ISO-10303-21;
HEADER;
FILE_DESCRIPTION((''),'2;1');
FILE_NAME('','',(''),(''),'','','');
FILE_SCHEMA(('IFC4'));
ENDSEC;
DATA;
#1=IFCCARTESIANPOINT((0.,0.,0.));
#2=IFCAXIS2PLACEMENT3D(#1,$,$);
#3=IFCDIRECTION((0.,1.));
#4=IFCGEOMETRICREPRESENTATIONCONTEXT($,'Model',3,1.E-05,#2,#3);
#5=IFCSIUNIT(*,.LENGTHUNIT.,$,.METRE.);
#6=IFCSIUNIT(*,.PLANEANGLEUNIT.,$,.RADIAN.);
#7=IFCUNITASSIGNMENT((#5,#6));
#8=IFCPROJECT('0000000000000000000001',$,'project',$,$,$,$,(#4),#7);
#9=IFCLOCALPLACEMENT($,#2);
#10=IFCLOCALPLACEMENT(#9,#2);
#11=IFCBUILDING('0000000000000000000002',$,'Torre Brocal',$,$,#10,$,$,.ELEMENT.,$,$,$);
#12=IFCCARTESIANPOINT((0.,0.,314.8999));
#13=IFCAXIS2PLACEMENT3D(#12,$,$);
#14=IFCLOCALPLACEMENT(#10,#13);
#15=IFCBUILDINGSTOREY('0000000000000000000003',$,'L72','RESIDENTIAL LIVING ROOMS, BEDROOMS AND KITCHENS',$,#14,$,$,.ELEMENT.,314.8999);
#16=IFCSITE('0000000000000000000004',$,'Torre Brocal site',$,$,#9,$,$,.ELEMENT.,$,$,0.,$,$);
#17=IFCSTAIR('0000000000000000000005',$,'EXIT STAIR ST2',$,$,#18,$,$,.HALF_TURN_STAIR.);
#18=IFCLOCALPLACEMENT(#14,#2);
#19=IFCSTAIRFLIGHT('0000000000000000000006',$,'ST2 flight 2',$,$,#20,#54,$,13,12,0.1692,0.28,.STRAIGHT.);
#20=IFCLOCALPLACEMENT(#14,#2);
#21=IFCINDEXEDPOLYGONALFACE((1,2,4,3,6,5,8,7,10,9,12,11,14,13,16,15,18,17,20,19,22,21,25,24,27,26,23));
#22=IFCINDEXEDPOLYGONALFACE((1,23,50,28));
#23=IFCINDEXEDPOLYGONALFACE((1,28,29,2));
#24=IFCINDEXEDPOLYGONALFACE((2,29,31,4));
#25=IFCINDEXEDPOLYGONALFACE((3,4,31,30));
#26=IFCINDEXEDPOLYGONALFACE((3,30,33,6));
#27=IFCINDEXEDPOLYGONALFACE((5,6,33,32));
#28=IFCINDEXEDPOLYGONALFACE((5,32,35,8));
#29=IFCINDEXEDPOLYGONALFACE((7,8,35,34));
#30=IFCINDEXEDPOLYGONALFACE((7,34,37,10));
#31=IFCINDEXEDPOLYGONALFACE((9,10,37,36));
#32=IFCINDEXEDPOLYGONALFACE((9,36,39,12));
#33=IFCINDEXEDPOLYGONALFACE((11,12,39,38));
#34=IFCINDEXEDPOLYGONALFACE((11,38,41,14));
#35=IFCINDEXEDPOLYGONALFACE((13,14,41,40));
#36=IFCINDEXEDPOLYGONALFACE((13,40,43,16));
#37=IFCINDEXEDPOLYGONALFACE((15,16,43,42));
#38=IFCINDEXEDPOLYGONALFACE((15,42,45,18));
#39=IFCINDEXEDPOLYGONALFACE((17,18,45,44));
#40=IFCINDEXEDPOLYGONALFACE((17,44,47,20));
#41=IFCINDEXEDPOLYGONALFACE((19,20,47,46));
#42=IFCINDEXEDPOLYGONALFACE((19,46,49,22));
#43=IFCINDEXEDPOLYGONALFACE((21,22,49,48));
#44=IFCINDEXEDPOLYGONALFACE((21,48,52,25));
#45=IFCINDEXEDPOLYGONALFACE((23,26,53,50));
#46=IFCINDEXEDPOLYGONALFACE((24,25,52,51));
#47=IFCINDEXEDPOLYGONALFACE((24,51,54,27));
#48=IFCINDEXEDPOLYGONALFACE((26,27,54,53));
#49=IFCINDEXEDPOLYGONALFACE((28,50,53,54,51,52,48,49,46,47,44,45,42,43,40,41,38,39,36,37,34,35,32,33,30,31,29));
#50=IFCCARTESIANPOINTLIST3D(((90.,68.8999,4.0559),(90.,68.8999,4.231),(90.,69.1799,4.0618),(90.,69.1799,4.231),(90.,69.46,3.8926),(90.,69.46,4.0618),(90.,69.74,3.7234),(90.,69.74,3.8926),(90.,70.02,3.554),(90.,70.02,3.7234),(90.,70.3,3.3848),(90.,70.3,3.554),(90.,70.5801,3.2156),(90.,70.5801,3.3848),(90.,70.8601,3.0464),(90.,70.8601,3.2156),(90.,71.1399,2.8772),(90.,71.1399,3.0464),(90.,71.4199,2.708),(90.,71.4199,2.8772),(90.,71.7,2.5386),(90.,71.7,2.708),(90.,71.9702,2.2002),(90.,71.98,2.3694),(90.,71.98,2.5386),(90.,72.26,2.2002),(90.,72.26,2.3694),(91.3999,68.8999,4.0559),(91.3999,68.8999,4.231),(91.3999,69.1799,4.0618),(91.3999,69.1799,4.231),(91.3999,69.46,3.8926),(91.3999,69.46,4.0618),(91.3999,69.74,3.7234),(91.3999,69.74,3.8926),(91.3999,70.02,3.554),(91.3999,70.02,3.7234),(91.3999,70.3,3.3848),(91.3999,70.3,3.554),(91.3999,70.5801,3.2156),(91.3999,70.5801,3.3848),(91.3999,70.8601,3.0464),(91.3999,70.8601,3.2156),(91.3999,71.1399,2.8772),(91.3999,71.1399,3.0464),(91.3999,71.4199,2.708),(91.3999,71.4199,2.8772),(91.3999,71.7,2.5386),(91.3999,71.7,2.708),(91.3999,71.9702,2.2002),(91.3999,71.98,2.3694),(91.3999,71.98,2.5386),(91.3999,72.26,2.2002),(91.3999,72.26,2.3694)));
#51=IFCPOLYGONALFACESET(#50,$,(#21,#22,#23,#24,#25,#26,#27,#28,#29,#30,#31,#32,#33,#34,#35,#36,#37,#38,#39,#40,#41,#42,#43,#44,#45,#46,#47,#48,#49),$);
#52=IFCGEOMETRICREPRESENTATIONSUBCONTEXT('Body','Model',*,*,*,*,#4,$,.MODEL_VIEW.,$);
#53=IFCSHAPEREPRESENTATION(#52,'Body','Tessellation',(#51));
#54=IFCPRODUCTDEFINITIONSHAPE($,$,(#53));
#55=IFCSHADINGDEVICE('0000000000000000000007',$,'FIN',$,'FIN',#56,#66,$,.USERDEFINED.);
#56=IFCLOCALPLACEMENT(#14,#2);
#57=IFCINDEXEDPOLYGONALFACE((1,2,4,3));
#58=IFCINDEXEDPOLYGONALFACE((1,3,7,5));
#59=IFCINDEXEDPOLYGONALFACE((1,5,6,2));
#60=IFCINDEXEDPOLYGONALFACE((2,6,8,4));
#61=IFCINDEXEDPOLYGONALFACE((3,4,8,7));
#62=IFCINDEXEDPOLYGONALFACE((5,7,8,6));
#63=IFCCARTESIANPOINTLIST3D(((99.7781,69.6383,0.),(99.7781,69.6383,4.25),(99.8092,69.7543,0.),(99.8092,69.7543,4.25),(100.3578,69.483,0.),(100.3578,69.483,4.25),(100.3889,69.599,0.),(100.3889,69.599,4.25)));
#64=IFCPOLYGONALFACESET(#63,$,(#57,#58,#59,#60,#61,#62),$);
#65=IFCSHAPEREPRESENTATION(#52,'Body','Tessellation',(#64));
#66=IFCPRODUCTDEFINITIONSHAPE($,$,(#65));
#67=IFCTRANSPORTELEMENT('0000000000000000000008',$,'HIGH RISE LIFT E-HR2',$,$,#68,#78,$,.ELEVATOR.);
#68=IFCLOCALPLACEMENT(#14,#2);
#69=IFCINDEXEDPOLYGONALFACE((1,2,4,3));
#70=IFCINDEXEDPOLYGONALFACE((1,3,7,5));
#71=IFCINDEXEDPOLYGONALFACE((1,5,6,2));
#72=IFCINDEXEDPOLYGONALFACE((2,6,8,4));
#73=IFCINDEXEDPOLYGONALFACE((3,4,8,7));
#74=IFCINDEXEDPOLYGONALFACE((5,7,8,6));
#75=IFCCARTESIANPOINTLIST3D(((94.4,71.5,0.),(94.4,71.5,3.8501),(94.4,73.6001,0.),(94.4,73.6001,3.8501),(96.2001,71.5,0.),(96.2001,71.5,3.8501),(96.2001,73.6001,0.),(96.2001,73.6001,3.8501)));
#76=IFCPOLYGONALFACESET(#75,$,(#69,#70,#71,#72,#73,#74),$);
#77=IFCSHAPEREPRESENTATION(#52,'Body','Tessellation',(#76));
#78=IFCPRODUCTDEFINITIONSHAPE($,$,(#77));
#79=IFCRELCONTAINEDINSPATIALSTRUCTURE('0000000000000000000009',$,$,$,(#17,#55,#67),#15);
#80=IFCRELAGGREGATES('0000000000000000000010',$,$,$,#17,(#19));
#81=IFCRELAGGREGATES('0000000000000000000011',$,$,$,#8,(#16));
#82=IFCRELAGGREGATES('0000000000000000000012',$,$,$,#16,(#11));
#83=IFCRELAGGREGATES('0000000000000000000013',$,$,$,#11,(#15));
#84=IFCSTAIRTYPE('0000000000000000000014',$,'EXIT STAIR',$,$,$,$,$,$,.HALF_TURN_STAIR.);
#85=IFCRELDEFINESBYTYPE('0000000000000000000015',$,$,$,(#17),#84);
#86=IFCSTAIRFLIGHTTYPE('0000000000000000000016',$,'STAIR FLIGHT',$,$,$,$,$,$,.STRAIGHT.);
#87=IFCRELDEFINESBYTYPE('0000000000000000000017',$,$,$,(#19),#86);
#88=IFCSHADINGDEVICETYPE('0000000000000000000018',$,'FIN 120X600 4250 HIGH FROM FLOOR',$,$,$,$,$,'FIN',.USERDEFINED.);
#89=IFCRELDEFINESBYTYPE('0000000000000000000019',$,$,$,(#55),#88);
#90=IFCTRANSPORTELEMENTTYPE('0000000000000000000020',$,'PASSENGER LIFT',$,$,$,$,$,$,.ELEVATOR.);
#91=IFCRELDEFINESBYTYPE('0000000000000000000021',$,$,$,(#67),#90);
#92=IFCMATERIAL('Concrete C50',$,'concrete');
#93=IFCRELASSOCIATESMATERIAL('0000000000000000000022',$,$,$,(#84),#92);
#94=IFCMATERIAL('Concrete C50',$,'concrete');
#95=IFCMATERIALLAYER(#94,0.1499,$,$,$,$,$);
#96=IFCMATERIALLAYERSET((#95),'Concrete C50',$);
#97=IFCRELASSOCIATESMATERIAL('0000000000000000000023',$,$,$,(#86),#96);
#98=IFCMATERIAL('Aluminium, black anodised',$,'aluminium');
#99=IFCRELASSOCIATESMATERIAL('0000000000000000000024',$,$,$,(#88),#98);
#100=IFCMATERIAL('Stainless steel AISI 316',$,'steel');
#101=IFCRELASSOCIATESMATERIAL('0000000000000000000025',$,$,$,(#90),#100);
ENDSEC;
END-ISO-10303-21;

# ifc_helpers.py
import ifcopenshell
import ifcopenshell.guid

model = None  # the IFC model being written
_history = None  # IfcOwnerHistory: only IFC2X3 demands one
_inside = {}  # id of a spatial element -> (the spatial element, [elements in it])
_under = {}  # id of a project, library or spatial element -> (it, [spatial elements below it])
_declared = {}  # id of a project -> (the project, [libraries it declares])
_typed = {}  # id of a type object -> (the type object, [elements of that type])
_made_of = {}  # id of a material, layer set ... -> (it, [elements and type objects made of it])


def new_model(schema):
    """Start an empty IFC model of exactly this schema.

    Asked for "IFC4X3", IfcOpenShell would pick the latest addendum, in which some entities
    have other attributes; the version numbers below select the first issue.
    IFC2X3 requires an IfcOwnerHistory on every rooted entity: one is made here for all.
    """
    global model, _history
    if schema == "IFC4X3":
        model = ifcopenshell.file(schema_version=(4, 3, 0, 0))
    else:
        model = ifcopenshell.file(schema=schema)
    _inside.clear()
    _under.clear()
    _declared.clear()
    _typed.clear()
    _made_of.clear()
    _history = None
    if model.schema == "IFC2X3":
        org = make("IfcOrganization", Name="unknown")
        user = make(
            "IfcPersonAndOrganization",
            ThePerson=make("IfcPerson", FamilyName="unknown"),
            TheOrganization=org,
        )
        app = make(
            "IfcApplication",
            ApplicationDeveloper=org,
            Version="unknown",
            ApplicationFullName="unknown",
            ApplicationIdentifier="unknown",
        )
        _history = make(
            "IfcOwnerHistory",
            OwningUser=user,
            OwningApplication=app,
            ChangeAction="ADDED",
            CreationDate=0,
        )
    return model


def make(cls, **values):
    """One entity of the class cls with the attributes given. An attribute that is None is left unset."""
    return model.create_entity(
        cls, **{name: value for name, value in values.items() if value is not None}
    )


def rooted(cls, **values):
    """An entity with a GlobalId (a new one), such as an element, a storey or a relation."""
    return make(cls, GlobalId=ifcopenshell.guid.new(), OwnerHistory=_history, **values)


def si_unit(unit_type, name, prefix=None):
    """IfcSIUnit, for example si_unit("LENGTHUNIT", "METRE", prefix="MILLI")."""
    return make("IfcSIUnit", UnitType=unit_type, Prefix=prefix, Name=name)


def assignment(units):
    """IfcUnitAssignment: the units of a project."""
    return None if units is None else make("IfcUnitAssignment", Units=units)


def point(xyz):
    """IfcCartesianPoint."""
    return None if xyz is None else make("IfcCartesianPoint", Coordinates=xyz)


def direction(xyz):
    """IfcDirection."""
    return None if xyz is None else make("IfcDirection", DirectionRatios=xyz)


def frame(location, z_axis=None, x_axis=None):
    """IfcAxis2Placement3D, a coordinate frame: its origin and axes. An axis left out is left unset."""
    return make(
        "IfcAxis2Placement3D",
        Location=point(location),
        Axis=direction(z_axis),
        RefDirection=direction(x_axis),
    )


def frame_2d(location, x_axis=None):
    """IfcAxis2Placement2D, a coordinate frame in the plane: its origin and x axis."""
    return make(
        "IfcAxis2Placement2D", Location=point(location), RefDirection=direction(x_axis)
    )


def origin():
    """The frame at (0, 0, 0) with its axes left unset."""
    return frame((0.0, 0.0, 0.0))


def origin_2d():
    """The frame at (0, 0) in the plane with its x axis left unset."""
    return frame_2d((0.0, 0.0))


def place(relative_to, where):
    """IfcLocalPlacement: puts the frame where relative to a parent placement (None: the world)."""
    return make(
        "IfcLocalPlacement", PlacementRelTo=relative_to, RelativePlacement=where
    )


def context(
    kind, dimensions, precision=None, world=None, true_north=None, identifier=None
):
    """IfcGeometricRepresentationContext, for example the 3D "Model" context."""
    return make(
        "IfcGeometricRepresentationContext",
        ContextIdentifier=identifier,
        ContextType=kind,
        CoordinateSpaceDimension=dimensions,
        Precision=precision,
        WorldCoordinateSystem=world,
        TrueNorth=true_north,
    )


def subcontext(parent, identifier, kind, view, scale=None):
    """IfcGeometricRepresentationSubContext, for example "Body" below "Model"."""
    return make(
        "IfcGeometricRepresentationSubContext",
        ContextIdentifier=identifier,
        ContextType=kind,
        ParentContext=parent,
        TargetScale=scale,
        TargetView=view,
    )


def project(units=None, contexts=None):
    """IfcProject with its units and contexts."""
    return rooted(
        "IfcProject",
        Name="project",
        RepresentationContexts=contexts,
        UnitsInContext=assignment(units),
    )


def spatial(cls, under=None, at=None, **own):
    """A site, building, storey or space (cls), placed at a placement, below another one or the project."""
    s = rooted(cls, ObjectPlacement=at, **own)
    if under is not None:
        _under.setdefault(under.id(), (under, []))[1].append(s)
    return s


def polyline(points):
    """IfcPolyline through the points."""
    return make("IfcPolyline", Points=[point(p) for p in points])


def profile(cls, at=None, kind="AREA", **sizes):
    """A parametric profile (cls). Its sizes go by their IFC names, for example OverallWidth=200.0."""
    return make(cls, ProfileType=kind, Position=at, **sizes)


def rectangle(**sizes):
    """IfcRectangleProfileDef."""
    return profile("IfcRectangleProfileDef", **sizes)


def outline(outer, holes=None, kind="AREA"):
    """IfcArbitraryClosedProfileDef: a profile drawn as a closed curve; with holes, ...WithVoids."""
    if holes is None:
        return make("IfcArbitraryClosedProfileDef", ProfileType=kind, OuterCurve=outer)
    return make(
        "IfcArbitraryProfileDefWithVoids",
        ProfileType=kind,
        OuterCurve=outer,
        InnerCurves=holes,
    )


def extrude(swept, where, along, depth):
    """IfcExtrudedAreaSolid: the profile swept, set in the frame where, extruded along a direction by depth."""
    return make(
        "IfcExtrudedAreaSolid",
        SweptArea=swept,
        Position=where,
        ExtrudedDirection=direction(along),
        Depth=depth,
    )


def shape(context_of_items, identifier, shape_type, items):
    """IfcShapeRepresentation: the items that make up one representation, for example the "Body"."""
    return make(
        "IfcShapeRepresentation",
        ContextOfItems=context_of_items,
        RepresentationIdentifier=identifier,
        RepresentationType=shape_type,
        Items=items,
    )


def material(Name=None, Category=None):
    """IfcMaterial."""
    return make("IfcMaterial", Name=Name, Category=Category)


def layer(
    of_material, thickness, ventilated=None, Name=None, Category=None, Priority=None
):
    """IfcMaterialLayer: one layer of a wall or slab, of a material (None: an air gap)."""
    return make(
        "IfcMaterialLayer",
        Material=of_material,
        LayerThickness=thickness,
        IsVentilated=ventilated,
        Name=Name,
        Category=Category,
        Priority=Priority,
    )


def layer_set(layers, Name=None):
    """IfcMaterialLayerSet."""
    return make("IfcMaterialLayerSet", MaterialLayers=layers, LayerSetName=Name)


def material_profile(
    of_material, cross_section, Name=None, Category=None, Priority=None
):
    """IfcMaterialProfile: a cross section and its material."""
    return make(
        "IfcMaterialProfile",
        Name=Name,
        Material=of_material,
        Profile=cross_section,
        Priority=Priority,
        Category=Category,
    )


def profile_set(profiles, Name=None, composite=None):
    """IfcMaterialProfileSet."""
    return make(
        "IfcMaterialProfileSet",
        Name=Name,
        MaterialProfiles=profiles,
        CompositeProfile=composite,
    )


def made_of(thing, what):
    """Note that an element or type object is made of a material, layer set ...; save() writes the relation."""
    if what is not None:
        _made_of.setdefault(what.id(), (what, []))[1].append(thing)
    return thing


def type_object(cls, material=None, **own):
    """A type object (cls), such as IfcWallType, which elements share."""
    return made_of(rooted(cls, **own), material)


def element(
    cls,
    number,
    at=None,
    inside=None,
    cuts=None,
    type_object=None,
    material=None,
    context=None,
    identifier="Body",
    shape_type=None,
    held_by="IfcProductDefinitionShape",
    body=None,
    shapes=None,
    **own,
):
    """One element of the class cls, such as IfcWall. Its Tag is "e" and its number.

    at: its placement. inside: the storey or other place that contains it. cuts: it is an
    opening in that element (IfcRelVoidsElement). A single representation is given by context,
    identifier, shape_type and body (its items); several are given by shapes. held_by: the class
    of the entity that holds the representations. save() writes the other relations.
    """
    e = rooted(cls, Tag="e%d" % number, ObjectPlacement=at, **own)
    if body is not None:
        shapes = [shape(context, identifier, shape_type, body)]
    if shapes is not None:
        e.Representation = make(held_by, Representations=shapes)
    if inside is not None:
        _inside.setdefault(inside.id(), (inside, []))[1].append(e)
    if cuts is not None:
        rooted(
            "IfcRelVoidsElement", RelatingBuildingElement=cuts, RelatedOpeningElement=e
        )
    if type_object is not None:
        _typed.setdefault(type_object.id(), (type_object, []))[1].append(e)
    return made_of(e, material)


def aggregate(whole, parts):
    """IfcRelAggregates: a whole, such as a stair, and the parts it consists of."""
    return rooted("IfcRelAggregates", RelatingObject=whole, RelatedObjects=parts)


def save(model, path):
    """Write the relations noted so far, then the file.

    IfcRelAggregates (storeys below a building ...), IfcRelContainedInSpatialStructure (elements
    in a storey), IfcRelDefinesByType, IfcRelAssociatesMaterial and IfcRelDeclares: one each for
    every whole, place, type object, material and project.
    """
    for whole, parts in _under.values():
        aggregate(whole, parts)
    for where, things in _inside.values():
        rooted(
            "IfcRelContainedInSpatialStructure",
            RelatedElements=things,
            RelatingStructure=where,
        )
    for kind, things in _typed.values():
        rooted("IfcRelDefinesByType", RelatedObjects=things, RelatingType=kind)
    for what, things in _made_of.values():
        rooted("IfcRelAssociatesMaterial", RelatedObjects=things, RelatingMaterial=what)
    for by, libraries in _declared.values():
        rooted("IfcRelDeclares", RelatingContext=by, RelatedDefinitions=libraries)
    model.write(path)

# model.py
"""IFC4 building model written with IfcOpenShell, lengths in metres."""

from ifc_helpers import new_model, si_unit, direction, frame, origin, origin_2d, place, context, subcontext, project, spatial, polyline, rectangle, outline, extrude, material, layer, layer_set, material_profile, profile_set, type_object, element, aggregate, save


model = new_model("IFC4")

# Units and contexts
model_context = context("Model", 3, precision=1e-05, world=origin(), true_north=direction((0.0, 1.0)))
body_context = subcontext(model_context, "Body", "Model", "MODEL_VIEW")
ifc_project = project(units=[si_unit("LENGTHUNIT", "METRE"), si_unit("PLANEANGLEUNIT", "RADIAN")], contexts=[model_context])

# Site, building, storey
site_placement = place(None, origin())
site = spatial("IfcSite", under=ifc_project, at=site_placement, Name="Torre Brocal site", CompositionType="ELEMENT", RefElevation=0.0)
building_placement = place(site_placement, origin())
building = spatial("IfcBuilding", under=site, at=building_placement, Name="Torre Brocal", CompositionType="ELEMENT")
storey_placement = place(building_placement, frame((0.0, 0.0, 314.8999)))
storey = spatial("IfcBuildingStorey", under=building, at=storey_placement, Name="L72", Description="RESIDENTIAL LIVING ROOMS, BEDROOMS AND KITCHENS", CompositionType="ELEMENT", Elevation=314.8999)

# Stair, stair flight
ifc_material_1 = material(Name="Concrete C50", Category="concrete")
stair_type = type_object("IfcStairType", Name="EXIT STAIR", PredefinedType="HALF_TURN_STAIR", material=ifc_material_1)
stair_placement = place(storey_placement, origin())
stair = element("IfcStair", 1, at=stair_placement, inside=storey, type_object=stair_type, Name="EXIT STAIR ST2", PredefinedType="HALF_TURN_STAIR")
ifc_material_2 = material(Name="Concrete C50", Category="concrete")
ifc_layer_1 = layer(ifc_material_2, 0.1499)
ifc_layer_set_1 = layer_set([ifc_layer_1], Name="Concrete C50")
stair_flight_type = type_object("IfcStairFlightType", Name="STAIR FLIGHT", PredefinedType="STRAIGHT", material=ifc_layer_set_1)
stair_flight_1_placement = place(storey_placement, frame((90.7, 72.26, 2.2002), z_axis=(0.0, 0.0, 1.0), x_axis=(0.0, -1.0, 0.0)))
stair_flight_1 = element("IfcStairFlight", 2, at=stair_flight_1_placement, type_object=stair_flight_type, Name="ST2 flight 2", NumberOfRisers=13, NumberOfTreads=12, PredefinedType="STRAIGHT", RiserHeight=0.1692, TreadLength=0.28, context=body_context, shape_type="SweptSolid", body=[
    extrude(outline(polyline([(0.0, 0.0), (0.0, 0.1692), (0.28, 0.1692), (0.28, 0.3384), (0.5601, 0.3384), (0.5601, 0.5078), (0.8401, 0.5078), (0.8401, 0.677), (1.1201, 0.677), (1.1201, 0.8462), (1.3999, 0.8462), (1.3999, 1.0154), (1.6799, 1.0154), (1.6799, 1.1846), (1.96, 1.1846), (1.96, 1.3538), (2.24, 1.3538), (2.24, 1.5232), (2.52, 1.5232), (2.52, 1.6924), (2.8, 1.6924), (2.8, 1.8616), (3.0801, 1.8616), (3.0801, 2.0308), (3.3601, 2.0308), (3.3601, 2.2), (3.3601, 1.8557), (0.2898, 0.0), (0.0, 0.0)])), frame((0.0, 0.7, 0.0), z_axis=(0.0, -1.0, 0.0), x_axis=(1.0, 0.0, 0.0)), (0.0, 0.0, 1.0), 1.3999),
])
aggregate(stair, [stair_flight_1])

# Shading device
ifc_material_3 = material(Name="Aluminium, black anodised", Category="aluminium")
ifc_material_profile = material_profile(ifc_material_3, rectangle(XDim=0.1201, YDim=0.6001, at=origin_2d()), Name="FIN 120X600 4250 HIGH FROM FLOOR")
ifc_profile_set = profile_set([ifc_material_profile], Name="Aluminium, black anodised")
shading_device_type = type_object("IfcShadingDeviceType", Name="FIN 120X600 4250 HIGH FROM FLOOR", ElementType="FIN", PredefinedType="USERDEFINED", material=ifc_profile_set)
shading_device_placement = place(storey_placement, frame((100.0835, 69.6187, 0.0), z_axis=(0.0, 0.0, 1.0), x_axis=(0.258819, 0.965926, 0.0)))
element("IfcShadingDevice", 3, at=shading_device_placement, inside=storey, type_object=shading_device_type, Name="FIN", ObjectType="FIN", PredefinedType="USERDEFINED", context=body_context, shape_type="SweptSolid", body=[
    extrude(rectangle(XDim=0.1201, YDim=0.6001, at=origin_2d()), origin(), (0.0, 0.0, 1.0), 4.25),
])

# Transport element
ifc_material_4 = material(Name="Stainless steel AISI 316", Category="steel")
transport_element_type = type_object("IfcTransportElementType", Name="PASSENGER LIFT", PredefinedType="ELEVATOR", material=ifc_material_4)
transport_element_placement = place(storey_placement, frame((95.3, 72.55, 0.0), z_axis=(0.0, 0.0, 1.0), x_axis=(1.0, 0.0, 0.0)))
element("IfcTransportElement", 4, at=transport_element_placement, inside=storey, type_object=transport_element_type, Name="HIGH RISE LIFT E-HR2", PredefinedType="ELEVATOR", context=body_context, shape_type="SweptSolid", body=[
    extrude(rectangle(XDim=1.8, YDim=2.1001, at=origin_2d()), origin(), (0.0, 0.0, 1.0), 3.8501),
])

save(model, "model.ifc")
